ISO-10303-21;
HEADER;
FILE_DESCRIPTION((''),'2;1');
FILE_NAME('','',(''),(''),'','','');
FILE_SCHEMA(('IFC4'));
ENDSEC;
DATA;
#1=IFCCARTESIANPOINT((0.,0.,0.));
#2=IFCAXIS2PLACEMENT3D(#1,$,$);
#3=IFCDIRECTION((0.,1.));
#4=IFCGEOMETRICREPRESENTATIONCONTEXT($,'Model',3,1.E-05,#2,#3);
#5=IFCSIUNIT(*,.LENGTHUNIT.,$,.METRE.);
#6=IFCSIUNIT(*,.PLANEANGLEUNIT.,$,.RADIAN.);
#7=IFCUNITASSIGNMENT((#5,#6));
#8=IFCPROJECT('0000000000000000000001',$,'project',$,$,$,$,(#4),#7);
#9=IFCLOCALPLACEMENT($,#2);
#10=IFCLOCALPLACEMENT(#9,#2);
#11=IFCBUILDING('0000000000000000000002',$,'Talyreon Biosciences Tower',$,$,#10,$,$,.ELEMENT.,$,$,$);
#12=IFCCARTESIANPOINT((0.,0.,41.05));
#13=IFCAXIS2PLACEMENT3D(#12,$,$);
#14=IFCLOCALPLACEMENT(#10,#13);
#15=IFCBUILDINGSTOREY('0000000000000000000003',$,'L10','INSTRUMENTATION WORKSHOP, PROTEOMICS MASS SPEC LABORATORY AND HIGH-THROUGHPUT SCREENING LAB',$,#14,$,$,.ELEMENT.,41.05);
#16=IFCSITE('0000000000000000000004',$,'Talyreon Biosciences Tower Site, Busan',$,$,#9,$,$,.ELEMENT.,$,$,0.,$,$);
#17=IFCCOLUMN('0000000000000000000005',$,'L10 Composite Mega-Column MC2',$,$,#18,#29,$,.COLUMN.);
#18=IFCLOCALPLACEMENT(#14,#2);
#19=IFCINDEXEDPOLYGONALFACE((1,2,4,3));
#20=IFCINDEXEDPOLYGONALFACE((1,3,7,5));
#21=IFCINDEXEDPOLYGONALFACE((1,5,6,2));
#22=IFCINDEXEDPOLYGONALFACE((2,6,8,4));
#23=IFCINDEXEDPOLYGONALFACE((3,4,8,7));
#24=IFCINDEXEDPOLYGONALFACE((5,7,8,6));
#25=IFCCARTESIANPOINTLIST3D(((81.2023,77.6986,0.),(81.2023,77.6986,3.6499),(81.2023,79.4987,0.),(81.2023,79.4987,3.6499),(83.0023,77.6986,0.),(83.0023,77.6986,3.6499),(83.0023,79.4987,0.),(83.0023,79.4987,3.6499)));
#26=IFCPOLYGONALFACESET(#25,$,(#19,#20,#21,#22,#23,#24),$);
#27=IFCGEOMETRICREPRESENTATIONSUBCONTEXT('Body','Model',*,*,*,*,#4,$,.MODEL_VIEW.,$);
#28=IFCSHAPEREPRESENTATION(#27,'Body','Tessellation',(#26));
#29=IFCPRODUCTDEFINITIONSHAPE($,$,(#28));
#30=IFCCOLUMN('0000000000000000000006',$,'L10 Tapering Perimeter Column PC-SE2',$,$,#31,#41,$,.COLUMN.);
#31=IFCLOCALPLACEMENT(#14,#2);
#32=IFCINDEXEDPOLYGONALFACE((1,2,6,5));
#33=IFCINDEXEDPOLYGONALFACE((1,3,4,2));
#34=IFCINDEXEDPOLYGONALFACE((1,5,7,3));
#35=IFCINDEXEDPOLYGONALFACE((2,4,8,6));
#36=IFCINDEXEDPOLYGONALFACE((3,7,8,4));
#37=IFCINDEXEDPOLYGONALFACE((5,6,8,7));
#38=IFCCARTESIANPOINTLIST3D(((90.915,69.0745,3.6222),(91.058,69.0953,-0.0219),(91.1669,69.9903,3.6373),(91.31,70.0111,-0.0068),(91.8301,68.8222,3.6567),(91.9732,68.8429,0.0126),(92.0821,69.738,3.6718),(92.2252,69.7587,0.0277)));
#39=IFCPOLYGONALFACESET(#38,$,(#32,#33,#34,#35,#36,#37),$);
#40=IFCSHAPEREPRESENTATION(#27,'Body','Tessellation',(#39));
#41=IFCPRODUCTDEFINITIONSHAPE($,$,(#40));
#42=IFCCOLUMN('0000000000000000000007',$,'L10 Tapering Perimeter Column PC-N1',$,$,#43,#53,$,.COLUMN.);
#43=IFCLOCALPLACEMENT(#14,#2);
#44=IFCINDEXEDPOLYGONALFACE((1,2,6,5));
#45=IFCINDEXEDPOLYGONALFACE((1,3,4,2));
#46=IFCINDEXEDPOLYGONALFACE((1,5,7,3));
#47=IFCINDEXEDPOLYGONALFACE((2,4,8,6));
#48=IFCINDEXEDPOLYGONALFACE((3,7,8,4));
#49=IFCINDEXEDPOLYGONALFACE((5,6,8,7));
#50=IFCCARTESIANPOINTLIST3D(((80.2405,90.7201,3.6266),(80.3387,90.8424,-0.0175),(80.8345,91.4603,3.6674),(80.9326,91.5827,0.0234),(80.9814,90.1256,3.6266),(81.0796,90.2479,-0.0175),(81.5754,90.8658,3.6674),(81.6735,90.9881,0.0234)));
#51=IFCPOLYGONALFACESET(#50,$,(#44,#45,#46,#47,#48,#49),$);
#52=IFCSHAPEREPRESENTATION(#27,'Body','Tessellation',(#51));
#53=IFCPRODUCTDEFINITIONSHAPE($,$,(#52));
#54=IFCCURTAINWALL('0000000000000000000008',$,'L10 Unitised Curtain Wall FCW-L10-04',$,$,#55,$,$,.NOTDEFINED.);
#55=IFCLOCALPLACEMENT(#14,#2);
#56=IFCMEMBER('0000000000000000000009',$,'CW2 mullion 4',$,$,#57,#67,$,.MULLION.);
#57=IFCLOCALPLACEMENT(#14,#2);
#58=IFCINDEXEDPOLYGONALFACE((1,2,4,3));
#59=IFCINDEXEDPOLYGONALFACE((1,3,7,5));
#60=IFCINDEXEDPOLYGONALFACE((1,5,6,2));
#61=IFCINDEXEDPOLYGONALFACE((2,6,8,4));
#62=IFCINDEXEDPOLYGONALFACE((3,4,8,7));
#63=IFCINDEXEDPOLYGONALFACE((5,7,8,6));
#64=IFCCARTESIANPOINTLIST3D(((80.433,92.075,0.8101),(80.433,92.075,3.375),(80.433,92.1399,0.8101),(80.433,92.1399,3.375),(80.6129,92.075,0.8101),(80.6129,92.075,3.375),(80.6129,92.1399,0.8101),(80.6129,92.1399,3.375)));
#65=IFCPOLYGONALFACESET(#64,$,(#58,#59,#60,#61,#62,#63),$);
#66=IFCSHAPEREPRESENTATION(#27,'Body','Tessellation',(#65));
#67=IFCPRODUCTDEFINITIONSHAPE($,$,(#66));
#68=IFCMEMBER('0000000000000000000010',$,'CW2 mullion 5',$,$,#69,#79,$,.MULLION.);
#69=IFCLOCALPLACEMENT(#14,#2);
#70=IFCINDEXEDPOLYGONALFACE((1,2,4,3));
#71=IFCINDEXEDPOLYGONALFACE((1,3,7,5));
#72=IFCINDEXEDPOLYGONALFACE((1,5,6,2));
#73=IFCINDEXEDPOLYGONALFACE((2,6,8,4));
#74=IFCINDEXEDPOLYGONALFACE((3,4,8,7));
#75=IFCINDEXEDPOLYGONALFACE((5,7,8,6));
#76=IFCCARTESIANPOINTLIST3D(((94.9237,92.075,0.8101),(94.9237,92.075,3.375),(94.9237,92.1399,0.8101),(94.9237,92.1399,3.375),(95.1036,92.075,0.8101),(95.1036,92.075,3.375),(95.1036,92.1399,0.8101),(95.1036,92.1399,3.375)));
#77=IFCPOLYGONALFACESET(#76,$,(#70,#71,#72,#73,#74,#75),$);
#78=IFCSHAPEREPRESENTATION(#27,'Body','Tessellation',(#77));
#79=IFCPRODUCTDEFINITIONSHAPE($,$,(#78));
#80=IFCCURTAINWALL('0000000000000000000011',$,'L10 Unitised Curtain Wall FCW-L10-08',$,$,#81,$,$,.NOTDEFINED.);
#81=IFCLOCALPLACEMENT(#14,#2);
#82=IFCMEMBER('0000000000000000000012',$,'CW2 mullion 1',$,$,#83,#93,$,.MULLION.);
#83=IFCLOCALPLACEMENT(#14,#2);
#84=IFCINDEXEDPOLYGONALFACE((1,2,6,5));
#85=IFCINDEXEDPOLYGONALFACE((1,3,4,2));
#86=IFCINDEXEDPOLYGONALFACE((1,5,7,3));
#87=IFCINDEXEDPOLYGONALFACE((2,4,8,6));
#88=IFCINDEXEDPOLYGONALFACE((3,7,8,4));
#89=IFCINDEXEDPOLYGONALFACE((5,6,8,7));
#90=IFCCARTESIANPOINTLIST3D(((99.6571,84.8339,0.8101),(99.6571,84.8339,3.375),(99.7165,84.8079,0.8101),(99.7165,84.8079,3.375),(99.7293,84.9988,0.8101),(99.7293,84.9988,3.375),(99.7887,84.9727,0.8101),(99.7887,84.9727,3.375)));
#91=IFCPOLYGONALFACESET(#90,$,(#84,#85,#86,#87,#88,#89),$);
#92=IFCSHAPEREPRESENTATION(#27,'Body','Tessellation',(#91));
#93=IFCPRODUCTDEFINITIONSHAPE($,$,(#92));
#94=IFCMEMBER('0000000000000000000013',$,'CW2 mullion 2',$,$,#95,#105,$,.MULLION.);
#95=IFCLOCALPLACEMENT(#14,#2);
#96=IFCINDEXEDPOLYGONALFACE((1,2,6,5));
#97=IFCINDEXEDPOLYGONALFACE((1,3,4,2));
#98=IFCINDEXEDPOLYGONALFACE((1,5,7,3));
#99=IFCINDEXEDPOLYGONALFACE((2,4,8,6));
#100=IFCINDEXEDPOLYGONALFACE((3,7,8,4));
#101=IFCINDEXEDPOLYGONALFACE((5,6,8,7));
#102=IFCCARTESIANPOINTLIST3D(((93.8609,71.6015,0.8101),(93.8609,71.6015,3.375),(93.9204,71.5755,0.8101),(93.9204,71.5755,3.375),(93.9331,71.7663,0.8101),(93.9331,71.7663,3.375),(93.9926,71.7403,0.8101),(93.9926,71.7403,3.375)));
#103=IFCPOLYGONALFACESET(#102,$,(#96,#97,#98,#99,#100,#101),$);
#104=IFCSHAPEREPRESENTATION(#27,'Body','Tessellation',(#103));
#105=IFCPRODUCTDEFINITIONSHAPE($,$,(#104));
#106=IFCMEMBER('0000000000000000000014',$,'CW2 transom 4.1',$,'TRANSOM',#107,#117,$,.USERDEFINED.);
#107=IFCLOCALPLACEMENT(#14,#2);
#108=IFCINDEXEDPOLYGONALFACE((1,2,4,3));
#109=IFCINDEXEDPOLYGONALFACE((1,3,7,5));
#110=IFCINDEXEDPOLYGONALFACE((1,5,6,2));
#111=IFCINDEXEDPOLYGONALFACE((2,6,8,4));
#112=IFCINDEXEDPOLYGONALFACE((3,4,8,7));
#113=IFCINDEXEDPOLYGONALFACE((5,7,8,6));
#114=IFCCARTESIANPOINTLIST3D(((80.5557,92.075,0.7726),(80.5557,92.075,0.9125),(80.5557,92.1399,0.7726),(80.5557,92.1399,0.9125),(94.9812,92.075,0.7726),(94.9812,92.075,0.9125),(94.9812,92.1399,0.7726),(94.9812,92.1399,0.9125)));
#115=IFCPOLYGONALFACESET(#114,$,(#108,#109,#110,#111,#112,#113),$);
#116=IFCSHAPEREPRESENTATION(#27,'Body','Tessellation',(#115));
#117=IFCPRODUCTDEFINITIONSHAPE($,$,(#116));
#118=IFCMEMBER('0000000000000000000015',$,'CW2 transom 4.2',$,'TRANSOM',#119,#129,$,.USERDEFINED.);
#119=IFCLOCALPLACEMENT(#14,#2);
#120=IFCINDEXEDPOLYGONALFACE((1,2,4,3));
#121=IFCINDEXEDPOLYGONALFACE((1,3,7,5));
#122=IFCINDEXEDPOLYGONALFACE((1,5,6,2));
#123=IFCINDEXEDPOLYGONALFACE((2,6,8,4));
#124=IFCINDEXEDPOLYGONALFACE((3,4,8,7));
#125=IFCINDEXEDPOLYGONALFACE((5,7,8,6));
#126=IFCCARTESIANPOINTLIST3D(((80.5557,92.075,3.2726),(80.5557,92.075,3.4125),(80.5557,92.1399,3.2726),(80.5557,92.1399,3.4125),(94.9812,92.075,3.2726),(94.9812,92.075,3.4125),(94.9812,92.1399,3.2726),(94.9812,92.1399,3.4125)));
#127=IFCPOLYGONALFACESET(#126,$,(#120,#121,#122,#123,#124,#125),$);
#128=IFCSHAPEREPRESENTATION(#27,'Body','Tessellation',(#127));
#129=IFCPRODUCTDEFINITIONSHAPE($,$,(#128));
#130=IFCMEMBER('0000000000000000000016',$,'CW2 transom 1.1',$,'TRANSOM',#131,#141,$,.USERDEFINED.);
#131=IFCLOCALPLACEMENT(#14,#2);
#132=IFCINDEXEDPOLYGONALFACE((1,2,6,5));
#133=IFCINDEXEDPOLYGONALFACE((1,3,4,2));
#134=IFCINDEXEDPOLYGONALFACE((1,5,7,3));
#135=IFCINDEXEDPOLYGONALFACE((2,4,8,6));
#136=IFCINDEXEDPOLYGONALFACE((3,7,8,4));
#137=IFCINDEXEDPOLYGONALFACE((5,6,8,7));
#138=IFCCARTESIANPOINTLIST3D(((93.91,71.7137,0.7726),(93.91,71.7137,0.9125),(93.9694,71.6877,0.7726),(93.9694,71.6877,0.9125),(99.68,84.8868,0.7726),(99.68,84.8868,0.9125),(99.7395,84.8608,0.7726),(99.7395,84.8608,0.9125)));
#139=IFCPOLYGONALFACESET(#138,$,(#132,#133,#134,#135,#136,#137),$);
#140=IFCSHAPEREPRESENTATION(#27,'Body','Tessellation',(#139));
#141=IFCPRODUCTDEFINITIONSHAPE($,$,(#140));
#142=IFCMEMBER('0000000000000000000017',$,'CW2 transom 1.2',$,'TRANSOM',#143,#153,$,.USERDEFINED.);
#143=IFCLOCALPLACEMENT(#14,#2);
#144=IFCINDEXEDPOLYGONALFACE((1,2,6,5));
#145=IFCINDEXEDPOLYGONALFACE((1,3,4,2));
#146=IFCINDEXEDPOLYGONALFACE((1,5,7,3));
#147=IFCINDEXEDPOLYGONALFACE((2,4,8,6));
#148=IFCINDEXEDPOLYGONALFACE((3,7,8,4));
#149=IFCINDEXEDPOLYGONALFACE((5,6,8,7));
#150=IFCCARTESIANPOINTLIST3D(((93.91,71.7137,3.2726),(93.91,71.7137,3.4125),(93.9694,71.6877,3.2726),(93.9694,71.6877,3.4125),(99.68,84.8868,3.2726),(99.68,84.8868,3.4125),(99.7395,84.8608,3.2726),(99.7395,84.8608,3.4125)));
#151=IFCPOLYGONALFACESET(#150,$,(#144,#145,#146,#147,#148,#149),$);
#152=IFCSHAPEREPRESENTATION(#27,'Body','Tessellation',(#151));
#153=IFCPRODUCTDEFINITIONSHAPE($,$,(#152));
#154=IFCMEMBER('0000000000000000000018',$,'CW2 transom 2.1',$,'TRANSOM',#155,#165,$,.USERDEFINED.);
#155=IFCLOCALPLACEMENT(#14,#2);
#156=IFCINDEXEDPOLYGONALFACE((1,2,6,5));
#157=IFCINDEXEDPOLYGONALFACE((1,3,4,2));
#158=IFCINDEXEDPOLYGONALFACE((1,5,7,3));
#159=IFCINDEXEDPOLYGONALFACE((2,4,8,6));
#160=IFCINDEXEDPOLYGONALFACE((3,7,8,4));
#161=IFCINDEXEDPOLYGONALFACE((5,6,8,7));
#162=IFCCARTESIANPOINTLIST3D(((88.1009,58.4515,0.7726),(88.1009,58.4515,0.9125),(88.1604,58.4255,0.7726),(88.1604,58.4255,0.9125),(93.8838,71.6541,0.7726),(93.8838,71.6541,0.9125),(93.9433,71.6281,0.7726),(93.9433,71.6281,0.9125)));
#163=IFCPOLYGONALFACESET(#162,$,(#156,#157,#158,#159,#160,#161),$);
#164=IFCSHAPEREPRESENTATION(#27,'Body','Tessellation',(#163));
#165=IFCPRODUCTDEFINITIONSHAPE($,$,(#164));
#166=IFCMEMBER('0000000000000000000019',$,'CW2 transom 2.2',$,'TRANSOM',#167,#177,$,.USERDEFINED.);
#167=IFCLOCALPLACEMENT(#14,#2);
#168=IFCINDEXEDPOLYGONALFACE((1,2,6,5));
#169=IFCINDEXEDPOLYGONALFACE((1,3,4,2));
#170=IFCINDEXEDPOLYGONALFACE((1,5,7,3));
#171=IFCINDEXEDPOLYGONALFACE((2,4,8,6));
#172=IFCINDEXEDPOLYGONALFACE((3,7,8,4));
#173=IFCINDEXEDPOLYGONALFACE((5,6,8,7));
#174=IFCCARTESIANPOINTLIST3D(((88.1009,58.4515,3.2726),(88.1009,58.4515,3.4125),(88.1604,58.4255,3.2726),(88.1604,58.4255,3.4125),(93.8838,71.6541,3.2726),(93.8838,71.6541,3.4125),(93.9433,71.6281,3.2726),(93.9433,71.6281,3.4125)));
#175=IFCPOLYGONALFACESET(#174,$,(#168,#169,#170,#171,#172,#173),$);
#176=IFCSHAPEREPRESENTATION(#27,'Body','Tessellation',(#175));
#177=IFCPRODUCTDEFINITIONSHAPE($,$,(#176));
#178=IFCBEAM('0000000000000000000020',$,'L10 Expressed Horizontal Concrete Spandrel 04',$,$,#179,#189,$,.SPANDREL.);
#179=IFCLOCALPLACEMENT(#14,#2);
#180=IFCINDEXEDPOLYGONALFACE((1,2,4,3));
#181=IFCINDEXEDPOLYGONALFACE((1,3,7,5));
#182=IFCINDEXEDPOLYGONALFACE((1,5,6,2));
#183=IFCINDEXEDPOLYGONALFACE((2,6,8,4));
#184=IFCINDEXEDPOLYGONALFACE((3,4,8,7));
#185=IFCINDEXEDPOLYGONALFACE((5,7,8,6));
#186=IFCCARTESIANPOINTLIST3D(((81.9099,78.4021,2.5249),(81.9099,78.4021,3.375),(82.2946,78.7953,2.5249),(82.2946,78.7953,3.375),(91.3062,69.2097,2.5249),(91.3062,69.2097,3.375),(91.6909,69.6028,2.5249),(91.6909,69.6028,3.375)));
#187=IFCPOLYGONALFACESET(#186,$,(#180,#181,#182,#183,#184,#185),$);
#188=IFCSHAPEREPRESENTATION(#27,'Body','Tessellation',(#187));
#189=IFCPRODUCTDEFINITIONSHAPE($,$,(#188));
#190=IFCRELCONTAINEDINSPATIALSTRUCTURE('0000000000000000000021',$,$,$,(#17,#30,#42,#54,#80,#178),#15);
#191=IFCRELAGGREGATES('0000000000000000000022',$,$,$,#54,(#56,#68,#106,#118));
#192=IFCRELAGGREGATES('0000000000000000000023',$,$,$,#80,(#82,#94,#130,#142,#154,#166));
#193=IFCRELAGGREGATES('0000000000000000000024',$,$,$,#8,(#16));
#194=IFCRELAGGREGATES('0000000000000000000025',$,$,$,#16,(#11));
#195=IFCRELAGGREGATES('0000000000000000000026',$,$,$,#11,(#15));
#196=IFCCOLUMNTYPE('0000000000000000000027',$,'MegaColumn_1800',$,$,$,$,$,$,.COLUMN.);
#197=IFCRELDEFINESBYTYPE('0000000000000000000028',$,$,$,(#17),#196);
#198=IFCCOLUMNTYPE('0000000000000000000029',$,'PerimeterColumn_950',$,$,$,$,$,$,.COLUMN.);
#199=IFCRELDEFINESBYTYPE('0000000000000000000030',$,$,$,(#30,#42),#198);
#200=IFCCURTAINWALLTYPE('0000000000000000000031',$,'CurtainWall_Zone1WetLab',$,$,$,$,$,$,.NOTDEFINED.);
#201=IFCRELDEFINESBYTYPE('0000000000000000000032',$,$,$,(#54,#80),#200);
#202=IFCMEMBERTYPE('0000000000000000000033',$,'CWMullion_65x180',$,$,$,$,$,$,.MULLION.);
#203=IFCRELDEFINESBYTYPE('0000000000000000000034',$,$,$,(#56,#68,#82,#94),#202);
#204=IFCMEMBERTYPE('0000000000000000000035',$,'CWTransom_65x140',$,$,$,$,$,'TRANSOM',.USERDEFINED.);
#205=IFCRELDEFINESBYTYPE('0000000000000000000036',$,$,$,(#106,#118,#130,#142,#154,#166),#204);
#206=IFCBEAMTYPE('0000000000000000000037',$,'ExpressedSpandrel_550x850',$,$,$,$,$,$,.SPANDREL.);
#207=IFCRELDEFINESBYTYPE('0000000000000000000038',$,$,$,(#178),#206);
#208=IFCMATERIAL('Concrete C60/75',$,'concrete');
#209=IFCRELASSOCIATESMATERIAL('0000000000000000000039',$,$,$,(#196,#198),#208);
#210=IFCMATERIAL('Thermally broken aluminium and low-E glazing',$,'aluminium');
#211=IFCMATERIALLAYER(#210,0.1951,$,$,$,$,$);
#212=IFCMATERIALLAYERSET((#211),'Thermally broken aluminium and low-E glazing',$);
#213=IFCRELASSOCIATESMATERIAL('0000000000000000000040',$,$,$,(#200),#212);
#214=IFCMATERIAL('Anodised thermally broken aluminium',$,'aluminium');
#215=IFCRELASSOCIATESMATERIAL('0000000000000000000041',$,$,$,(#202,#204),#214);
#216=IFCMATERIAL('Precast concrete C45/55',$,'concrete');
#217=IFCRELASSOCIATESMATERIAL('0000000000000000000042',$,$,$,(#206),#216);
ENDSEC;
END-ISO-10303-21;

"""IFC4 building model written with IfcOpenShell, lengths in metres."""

from ifc_helpers import new_model, si_unit, direction, frame, origin, origin_2d, place, context, subcontext, project, spatial, rectangle, extrude, material, layer, layer_set, material_profile, profile_set, type_object, element, aggregate, save


model = new_model("IFC4")

# Units and contexts
model_context = context("Model", 3, precision=1e-05, world=origin(), true_north=direction((0.0, 1.0)))
body_context = subcontext(model_context, "Body", "Model", "MODEL_VIEW")
ifc_project = project(units=[si_unit("LENGTHUNIT", "METRE"), si_unit("PLANEANGLEUNIT", "RADIAN")], contexts=[model_context])

# Site, building, storey
site_placement = place(None, origin())
site = spatial("IfcSite", under=ifc_project, at=site_placement, Name="Talyreon Biosciences Tower Site, Busan", CompositionType="ELEMENT", RefElevation=0.0)
building_placement = place(site_placement, origin())
building = spatial("IfcBuilding", under=site, at=building_placement, Name="Talyreon Biosciences Tower", CompositionType="ELEMENT")
storey_placement = place(building_placement, frame((0.0, 0.0, 41.05)))
storey = spatial("IfcBuildingStorey", under=building, at=storey_placement, Name="L10", Description="INSTRUMENTATION WORKSHOP, PROTEOMICS MASS SPEC LABORATORY AND HIGH-THROUGHPUT SCREENING LAB", CompositionType="ELEMENT", Elevation=41.05)

# Columns
ifc_material_1 = material(Name="Concrete C60/75", Category="concrete")
ifc_material_profile_1 = material_profile(ifc_material_1, rectangle(XDim=1.8, YDim=1.8, at=origin_2d()), Name="RC 1800x1800")
ifc_profile_set_1 = profile_set([ifc_material_profile_1], Name="Concrete C60/75")
column_type_1 = type_object("IfcColumnType", Name="MegaColumn_1800", PredefinedType="COLUMN", material=ifc_profile_set_1)
column_1_placement = place(storey_placement, frame((82.1023, 78.5986, 0.0), z_axis=(0.0, 0.0, 1.0), x_axis=(1.0, 0.0, 0.0)))
element("IfcColumn", 1, at=column_1_placement, inside=storey, type_object=column_type_1, Name="L10 Composite Mega-Column MC2", PredefinedType="COLUMN", context=body_context, shape_type="SweptSolid", body=[
    extrude(rectangle(XDim=1.8, YDim=1.8, at=origin_2d()), origin(), (0.0, 0.0, 1.0), 3.6499),
])
ifc_material_profile_2 = material_profile(ifc_material_1, rectangle(XDim=0.95, YDim=0.95, at=origin_2d()), Name="RC 950x950")
ifc_profile_set_2 = profile_set([ifc_material_profile_2], Name="Concrete C60/75")
column_type_2 = type_object("IfcColumnType", Name="PerimeterColumn_950", PredefinedType="COLUMN", material=ifc_profile_set_2)
column_2_placement = place(storey_placement, frame((91.6416, 69.427, 0.0029), z_axis=(-0.039229, -0.00569, 0.999214), x_axis=(0.963389, -0.265638, 0.03631)))
element("IfcColumn", 2, at=column_2_placement, inside=storey, type_object=column_type_2, Name="L10 Tapering Perimeter Column PC-SE2", PredefinedType="COLUMN", context=body_context, shape_type="SweptSolid", body=[
    extrude(rectangle(XDim=0.95, YDim=0.95, at=origin_2d()), origin(), (0.0, 0.0, 1.0), 3.647),
])
column_3_placement = place(storey_placement, frame((81.0061, 90.9153, 0.0029), z_axis=(-0.026908, -0.033535, 0.999075), x_axis=(-0.779957, 0.625834, 0.0)))
element("IfcColumn", 3, at=column_3_placement, inside=storey, type_object=column_type_2, Name="L10 Tapering Perimeter Column PC-N1", PredefinedType="COLUMN", context=body_context, shape_type="SweptSolid", body=[
    extrude(rectangle(XDim=0.95, YDim=0.95, at=origin_2d()), origin(), (0.0, 0.0, 1.0), 3.6475),
])

# Curtain walls, members
ifc_material_2 = material(Name="Thermally broken aluminium and low-E glazing", Category="aluminium")
ifc_layer_1 = layer(ifc_material_2, 0.1951)
ifc_layer_set_1 = layer_set([ifc_layer_1], Name="Thermally broken aluminium and low-E glazing")
curtain_wall_type = type_object("IfcCurtainWallType", Name="CurtainWall_Zone1WetLab", PredefinedType="NOTDEFINED", material=ifc_layer_set_1)
curtain_wall_1_placement = place(storey_placement, origin())
curtain_wall_1 = element("IfcCurtainWall", 4, at=curtain_wall_1_placement, inside=storey, type_object=curtain_wall_type, Name="L10 Unitised Curtain Wall FCW-L10-04", PredefinedType="NOTDEFINED")
ifc_material_3 = material(Name="Anodised thermally broken aluminium", Category="aluminium")
ifc_material_profile_3 = material_profile(ifc_material_3, rectangle(XDim=0.0649, YDim=0.1799, at=origin_2d()), Name="ALUM MULLION 65x180")
ifc_profile_set_3 = profile_set([ifc_material_profile_3], Name="Anodised thermally broken aluminium")
member_type_1 = type_object("IfcMemberType", Name="CWMullion_65x180", PredefinedType="MULLION", material=ifc_profile_set_3)
member_1_placement = place(storey_placement, frame((80.5229, 92.1074, 0.8101), z_axis=(0.0, 0.0, 1.0), x_axis=(0.0, 1.0, 0.0)))
member_1 = element("IfcMember", 5, at=member_1_placement, type_object=member_type_1, Name="CW2 mullion 4", PredefinedType="MULLION", context=body_context, shape_type="SweptSolid", body=[
    extrude(rectangle(XDim=0.0649, YDim=0.1799, at=origin_2d()), origin(), (0.0, 0.0, 1.0), 2.5649),
])
member_2_placement = place(storey_placement, frame((95.0137, 92.1074, 0.8101), z_axis=(0.0, 0.0, 1.0), x_axis=(0.0, 1.0, 0.0)))
member_2 = element("IfcMember", 6, at=member_2_placement, type_object=member_type_1, Name="CW2 mullion 5", PredefinedType="MULLION", context=body_context, shape_type="SweptSolid", body=[
    extrude(rectangle(XDim=0.0649, YDim=0.1799, at=origin_2d()), origin(), (0.0, 0.0, 1.0), 2.5649),
])
curtain_wall_2_placement = place(storey_placement, origin())
curtain_wall_2 = element("IfcCurtainWall", 7, at=curtain_wall_2_placement, inside=storey, type_object=curtain_wall_type, Name="L10 Unitised Curtain Wall FCW-L10-08", PredefinedType="NOTDEFINED")
member_3_placement = place(storey_placement, frame((99.7229, 84.9033, 0.8101), z_axis=(0.0, 0.0, 1.0), x_axis=(0.91598, -0.401223, 0.0)))
member_3 = element("IfcMember", 8, at=member_3_placement, type_object=member_type_1, Name="CW2 mullion 1", PredefinedType="MULLION", context=body_context, shape_type="SweptSolid", body=[
    extrude(rectangle(XDim=0.0649, YDim=0.1799, at=origin_2d()), origin(), (0.0, 0.0, 1.0), 2.5649),
])
member_4_placement = place(storey_placement, frame((93.9268, 71.6709, 0.8101), z_axis=(0.0, 0.0, 1.0), x_axis=(0.91598, -0.401223, 0.0)))
member_4 = element("IfcMember", 9, at=member_4_placement, type_object=member_type_1, Name="CW2 mullion 2", PredefinedType="MULLION", context=body_context, shape_type="SweptSolid", body=[
    extrude(rectangle(XDim=0.0649, YDim=0.1799, at=origin_2d()), origin(), (0.0, 0.0, 1.0), 2.5649),
])

# Members
ifc_material_profile_4 = material_profile(ifc_material_3, rectangle(XDim=0.0649, YDim=0.1399, at=origin_2d()), Name="ALUM TRANSOM 65x140")
ifc_profile_set_4 = profile_set([ifc_material_profile_4], Name="Anodised thermally broken aluminium")
member_type_2 = type_object("IfcMemberType", Name="CWTransom_65x140", ElementType="TRANSOM", PredefinedType="USERDEFINED", material=ifc_profile_set_4)
member_5_placement = place(storey_placement, frame((80.5557, 92.1074, 0.8425), z_axis=(1.0, 0.0, 0.0), x_axis=(0.0, 1.0, 0.0)))
member_5 = element("IfcMember", 10, at=member_5_placement, type_object=member_type_2, Name="CW2 transom 4.1", ObjectType="TRANSOM", PredefinedType="USERDEFINED", context=body_context, shape_type="SweptSolid", body=[
    extrude(rectangle(XDim=0.0649, YDim=0.1399, at=origin_2d()), origin(), (0.0, 0.0, 1.0), 14.4255),
])
member_6_placement = place(storey_placement, frame((80.5557, 92.1074, 3.3425), z_axis=(1.0, 0.0, 0.0), x_axis=(0.0, 1.0, 0.0)))
member_6 = element("IfcMember", 11, at=member_6_placement, type_object=member_type_2, Name="CW2 transom 4.2", ObjectType="TRANSOM", PredefinedType="USERDEFINED", context=body_context, shape_type="SweptSolid", body=[
    extrude(rectangle(XDim=0.0649, YDim=0.1399, at=origin_2d()), origin(), (0.0, 0.0, 1.0), 14.4255),
])
member_7_placement = place(storey_placement, frame((99.7097, 84.8738, 0.8425), z_axis=(-0.401215, -0.915984, 0.0), x_axis=(0.915984, -0.401215, 0.0)))
member_7 = element("IfcMember", 12, at=member_7_placement, type_object=member_type_2, Name="CW2 transom 1.1", ObjectType="TRANSOM", PredefinedType="USERDEFINED", context=body_context, shape_type="SweptSolid", body=[
    extrude(rectangle(XDim=0.0649, YDim=0.1399, at=origin_2d()), origin(), (0.0, 0.0, 1.0), 14.3813),
])
member_8_placement = place(storey_placement, frame((99.7097, 84.8738, 3.3425), z_axis=(-0.401215, -0.915984, 0.0), x_axis=(0.915984, -0.401215, 0.0)))
member_8 = element("IfcMember", 13, at=member_8_placement, type_object=member_type_2, Name="CW2 transom 1.2", ObjectType="TRANSOM", PredefinedType="USERDEFINED", context=body_context, shape_type="SweptSolid", body=[
    extrude(rectangle(XDim=0.0649, YDim=0.1399, at=origin_2d()), origin(), (0.0, 0.0, 1.0), 14.3813),
])
member_9_placement = place(storey_placement, frame((93.9136, 71.6411, 0.8425), z_axis=(-0.401215, -0.915984, 0.0), x_axis=(0.915984, -0.401215, 0.0)))
member_9 = element("IfcMember", 14, at=member_9_placement, type_object=member_type_2, Name="CW2 transom 2.1", ObjectType="TRANSOM", PredefinedType="USERDEFINED", context=body_context, shape_type="SweptSolid", body=[
    extrude(rectangle(XDim=0.0649, YDim=0.1399, at=origin_2d()), origin(), (0.0, 0.0, 1.0), 14.4136),
])
member_10_placement = place(storey_placement, frame((93.9136, 71.6411, 3.3425), z_axis=(-0.401215, -0.915984, 0.0), x_axis=(0.915984, -0.401215, 0.0)))
member_10 = element("IfcMember", 15, at=member_10_placement, type_object=member_type_2, Name="CW2 transom 2.2", ObjectType="TRANSOM", PredefinedType="USERDEFINED", context=body_context, shape_type="SweptSolid", body=[
    extrude(rectangle(XDim=0.0649, YDim=0.1399, at=origin_2d()), origin(), (0.0, 0.0, 1.0), 14.4136),
])

# Beam
ifc_material_4 = material(Name="Precast concrete C45/55", Category="concrete")
ifc_material_profile_5 = material_profile(ifc_material_4, rectangle(XDim=0.55, YDim=0.8501, at=origin_2d()), Name="RCB 550x850")
ifc_profile_set_5 = profile_set([ifc_material_profile_5], Name="Precast concrete C45/55")
beam_type_1 = type_object("IfcBeamType", Name="ExpressedSpandrel_550x850", PredefinedType="SPANDREL", material=ifc_profile_set_5)
beam_1_placement = place(storey_placement, frame((91.4985, 69.4062, 2.95), z_axis=(-0.714818, 0.69931, 0.0), x_axis=(-0.69931, -0.714818, 0.0)))
element("IfcBeam", 16, at=beam_1_placement, inside=storey, type_object=beam_type_1, Name="L10 Expressed Horizontal Concrete Spandrel 04", PredefinedType="SPANDREL", context=body_context, shape_type="SweptSolid", body=[
    extrude(rectangle(XDim=0.55, YDim=0.8501, at=origin_2d()), origin(), (0.0, 0.0, 1.0), 13.145),
])

aggregate(curtain_wall_1, [member_1, member_2, member_5, member_6])
aggregate(curtain_wall_2, [member_3, member_4, member_7, member_8, member_9, member_10])

save(model, "model.ifc")
